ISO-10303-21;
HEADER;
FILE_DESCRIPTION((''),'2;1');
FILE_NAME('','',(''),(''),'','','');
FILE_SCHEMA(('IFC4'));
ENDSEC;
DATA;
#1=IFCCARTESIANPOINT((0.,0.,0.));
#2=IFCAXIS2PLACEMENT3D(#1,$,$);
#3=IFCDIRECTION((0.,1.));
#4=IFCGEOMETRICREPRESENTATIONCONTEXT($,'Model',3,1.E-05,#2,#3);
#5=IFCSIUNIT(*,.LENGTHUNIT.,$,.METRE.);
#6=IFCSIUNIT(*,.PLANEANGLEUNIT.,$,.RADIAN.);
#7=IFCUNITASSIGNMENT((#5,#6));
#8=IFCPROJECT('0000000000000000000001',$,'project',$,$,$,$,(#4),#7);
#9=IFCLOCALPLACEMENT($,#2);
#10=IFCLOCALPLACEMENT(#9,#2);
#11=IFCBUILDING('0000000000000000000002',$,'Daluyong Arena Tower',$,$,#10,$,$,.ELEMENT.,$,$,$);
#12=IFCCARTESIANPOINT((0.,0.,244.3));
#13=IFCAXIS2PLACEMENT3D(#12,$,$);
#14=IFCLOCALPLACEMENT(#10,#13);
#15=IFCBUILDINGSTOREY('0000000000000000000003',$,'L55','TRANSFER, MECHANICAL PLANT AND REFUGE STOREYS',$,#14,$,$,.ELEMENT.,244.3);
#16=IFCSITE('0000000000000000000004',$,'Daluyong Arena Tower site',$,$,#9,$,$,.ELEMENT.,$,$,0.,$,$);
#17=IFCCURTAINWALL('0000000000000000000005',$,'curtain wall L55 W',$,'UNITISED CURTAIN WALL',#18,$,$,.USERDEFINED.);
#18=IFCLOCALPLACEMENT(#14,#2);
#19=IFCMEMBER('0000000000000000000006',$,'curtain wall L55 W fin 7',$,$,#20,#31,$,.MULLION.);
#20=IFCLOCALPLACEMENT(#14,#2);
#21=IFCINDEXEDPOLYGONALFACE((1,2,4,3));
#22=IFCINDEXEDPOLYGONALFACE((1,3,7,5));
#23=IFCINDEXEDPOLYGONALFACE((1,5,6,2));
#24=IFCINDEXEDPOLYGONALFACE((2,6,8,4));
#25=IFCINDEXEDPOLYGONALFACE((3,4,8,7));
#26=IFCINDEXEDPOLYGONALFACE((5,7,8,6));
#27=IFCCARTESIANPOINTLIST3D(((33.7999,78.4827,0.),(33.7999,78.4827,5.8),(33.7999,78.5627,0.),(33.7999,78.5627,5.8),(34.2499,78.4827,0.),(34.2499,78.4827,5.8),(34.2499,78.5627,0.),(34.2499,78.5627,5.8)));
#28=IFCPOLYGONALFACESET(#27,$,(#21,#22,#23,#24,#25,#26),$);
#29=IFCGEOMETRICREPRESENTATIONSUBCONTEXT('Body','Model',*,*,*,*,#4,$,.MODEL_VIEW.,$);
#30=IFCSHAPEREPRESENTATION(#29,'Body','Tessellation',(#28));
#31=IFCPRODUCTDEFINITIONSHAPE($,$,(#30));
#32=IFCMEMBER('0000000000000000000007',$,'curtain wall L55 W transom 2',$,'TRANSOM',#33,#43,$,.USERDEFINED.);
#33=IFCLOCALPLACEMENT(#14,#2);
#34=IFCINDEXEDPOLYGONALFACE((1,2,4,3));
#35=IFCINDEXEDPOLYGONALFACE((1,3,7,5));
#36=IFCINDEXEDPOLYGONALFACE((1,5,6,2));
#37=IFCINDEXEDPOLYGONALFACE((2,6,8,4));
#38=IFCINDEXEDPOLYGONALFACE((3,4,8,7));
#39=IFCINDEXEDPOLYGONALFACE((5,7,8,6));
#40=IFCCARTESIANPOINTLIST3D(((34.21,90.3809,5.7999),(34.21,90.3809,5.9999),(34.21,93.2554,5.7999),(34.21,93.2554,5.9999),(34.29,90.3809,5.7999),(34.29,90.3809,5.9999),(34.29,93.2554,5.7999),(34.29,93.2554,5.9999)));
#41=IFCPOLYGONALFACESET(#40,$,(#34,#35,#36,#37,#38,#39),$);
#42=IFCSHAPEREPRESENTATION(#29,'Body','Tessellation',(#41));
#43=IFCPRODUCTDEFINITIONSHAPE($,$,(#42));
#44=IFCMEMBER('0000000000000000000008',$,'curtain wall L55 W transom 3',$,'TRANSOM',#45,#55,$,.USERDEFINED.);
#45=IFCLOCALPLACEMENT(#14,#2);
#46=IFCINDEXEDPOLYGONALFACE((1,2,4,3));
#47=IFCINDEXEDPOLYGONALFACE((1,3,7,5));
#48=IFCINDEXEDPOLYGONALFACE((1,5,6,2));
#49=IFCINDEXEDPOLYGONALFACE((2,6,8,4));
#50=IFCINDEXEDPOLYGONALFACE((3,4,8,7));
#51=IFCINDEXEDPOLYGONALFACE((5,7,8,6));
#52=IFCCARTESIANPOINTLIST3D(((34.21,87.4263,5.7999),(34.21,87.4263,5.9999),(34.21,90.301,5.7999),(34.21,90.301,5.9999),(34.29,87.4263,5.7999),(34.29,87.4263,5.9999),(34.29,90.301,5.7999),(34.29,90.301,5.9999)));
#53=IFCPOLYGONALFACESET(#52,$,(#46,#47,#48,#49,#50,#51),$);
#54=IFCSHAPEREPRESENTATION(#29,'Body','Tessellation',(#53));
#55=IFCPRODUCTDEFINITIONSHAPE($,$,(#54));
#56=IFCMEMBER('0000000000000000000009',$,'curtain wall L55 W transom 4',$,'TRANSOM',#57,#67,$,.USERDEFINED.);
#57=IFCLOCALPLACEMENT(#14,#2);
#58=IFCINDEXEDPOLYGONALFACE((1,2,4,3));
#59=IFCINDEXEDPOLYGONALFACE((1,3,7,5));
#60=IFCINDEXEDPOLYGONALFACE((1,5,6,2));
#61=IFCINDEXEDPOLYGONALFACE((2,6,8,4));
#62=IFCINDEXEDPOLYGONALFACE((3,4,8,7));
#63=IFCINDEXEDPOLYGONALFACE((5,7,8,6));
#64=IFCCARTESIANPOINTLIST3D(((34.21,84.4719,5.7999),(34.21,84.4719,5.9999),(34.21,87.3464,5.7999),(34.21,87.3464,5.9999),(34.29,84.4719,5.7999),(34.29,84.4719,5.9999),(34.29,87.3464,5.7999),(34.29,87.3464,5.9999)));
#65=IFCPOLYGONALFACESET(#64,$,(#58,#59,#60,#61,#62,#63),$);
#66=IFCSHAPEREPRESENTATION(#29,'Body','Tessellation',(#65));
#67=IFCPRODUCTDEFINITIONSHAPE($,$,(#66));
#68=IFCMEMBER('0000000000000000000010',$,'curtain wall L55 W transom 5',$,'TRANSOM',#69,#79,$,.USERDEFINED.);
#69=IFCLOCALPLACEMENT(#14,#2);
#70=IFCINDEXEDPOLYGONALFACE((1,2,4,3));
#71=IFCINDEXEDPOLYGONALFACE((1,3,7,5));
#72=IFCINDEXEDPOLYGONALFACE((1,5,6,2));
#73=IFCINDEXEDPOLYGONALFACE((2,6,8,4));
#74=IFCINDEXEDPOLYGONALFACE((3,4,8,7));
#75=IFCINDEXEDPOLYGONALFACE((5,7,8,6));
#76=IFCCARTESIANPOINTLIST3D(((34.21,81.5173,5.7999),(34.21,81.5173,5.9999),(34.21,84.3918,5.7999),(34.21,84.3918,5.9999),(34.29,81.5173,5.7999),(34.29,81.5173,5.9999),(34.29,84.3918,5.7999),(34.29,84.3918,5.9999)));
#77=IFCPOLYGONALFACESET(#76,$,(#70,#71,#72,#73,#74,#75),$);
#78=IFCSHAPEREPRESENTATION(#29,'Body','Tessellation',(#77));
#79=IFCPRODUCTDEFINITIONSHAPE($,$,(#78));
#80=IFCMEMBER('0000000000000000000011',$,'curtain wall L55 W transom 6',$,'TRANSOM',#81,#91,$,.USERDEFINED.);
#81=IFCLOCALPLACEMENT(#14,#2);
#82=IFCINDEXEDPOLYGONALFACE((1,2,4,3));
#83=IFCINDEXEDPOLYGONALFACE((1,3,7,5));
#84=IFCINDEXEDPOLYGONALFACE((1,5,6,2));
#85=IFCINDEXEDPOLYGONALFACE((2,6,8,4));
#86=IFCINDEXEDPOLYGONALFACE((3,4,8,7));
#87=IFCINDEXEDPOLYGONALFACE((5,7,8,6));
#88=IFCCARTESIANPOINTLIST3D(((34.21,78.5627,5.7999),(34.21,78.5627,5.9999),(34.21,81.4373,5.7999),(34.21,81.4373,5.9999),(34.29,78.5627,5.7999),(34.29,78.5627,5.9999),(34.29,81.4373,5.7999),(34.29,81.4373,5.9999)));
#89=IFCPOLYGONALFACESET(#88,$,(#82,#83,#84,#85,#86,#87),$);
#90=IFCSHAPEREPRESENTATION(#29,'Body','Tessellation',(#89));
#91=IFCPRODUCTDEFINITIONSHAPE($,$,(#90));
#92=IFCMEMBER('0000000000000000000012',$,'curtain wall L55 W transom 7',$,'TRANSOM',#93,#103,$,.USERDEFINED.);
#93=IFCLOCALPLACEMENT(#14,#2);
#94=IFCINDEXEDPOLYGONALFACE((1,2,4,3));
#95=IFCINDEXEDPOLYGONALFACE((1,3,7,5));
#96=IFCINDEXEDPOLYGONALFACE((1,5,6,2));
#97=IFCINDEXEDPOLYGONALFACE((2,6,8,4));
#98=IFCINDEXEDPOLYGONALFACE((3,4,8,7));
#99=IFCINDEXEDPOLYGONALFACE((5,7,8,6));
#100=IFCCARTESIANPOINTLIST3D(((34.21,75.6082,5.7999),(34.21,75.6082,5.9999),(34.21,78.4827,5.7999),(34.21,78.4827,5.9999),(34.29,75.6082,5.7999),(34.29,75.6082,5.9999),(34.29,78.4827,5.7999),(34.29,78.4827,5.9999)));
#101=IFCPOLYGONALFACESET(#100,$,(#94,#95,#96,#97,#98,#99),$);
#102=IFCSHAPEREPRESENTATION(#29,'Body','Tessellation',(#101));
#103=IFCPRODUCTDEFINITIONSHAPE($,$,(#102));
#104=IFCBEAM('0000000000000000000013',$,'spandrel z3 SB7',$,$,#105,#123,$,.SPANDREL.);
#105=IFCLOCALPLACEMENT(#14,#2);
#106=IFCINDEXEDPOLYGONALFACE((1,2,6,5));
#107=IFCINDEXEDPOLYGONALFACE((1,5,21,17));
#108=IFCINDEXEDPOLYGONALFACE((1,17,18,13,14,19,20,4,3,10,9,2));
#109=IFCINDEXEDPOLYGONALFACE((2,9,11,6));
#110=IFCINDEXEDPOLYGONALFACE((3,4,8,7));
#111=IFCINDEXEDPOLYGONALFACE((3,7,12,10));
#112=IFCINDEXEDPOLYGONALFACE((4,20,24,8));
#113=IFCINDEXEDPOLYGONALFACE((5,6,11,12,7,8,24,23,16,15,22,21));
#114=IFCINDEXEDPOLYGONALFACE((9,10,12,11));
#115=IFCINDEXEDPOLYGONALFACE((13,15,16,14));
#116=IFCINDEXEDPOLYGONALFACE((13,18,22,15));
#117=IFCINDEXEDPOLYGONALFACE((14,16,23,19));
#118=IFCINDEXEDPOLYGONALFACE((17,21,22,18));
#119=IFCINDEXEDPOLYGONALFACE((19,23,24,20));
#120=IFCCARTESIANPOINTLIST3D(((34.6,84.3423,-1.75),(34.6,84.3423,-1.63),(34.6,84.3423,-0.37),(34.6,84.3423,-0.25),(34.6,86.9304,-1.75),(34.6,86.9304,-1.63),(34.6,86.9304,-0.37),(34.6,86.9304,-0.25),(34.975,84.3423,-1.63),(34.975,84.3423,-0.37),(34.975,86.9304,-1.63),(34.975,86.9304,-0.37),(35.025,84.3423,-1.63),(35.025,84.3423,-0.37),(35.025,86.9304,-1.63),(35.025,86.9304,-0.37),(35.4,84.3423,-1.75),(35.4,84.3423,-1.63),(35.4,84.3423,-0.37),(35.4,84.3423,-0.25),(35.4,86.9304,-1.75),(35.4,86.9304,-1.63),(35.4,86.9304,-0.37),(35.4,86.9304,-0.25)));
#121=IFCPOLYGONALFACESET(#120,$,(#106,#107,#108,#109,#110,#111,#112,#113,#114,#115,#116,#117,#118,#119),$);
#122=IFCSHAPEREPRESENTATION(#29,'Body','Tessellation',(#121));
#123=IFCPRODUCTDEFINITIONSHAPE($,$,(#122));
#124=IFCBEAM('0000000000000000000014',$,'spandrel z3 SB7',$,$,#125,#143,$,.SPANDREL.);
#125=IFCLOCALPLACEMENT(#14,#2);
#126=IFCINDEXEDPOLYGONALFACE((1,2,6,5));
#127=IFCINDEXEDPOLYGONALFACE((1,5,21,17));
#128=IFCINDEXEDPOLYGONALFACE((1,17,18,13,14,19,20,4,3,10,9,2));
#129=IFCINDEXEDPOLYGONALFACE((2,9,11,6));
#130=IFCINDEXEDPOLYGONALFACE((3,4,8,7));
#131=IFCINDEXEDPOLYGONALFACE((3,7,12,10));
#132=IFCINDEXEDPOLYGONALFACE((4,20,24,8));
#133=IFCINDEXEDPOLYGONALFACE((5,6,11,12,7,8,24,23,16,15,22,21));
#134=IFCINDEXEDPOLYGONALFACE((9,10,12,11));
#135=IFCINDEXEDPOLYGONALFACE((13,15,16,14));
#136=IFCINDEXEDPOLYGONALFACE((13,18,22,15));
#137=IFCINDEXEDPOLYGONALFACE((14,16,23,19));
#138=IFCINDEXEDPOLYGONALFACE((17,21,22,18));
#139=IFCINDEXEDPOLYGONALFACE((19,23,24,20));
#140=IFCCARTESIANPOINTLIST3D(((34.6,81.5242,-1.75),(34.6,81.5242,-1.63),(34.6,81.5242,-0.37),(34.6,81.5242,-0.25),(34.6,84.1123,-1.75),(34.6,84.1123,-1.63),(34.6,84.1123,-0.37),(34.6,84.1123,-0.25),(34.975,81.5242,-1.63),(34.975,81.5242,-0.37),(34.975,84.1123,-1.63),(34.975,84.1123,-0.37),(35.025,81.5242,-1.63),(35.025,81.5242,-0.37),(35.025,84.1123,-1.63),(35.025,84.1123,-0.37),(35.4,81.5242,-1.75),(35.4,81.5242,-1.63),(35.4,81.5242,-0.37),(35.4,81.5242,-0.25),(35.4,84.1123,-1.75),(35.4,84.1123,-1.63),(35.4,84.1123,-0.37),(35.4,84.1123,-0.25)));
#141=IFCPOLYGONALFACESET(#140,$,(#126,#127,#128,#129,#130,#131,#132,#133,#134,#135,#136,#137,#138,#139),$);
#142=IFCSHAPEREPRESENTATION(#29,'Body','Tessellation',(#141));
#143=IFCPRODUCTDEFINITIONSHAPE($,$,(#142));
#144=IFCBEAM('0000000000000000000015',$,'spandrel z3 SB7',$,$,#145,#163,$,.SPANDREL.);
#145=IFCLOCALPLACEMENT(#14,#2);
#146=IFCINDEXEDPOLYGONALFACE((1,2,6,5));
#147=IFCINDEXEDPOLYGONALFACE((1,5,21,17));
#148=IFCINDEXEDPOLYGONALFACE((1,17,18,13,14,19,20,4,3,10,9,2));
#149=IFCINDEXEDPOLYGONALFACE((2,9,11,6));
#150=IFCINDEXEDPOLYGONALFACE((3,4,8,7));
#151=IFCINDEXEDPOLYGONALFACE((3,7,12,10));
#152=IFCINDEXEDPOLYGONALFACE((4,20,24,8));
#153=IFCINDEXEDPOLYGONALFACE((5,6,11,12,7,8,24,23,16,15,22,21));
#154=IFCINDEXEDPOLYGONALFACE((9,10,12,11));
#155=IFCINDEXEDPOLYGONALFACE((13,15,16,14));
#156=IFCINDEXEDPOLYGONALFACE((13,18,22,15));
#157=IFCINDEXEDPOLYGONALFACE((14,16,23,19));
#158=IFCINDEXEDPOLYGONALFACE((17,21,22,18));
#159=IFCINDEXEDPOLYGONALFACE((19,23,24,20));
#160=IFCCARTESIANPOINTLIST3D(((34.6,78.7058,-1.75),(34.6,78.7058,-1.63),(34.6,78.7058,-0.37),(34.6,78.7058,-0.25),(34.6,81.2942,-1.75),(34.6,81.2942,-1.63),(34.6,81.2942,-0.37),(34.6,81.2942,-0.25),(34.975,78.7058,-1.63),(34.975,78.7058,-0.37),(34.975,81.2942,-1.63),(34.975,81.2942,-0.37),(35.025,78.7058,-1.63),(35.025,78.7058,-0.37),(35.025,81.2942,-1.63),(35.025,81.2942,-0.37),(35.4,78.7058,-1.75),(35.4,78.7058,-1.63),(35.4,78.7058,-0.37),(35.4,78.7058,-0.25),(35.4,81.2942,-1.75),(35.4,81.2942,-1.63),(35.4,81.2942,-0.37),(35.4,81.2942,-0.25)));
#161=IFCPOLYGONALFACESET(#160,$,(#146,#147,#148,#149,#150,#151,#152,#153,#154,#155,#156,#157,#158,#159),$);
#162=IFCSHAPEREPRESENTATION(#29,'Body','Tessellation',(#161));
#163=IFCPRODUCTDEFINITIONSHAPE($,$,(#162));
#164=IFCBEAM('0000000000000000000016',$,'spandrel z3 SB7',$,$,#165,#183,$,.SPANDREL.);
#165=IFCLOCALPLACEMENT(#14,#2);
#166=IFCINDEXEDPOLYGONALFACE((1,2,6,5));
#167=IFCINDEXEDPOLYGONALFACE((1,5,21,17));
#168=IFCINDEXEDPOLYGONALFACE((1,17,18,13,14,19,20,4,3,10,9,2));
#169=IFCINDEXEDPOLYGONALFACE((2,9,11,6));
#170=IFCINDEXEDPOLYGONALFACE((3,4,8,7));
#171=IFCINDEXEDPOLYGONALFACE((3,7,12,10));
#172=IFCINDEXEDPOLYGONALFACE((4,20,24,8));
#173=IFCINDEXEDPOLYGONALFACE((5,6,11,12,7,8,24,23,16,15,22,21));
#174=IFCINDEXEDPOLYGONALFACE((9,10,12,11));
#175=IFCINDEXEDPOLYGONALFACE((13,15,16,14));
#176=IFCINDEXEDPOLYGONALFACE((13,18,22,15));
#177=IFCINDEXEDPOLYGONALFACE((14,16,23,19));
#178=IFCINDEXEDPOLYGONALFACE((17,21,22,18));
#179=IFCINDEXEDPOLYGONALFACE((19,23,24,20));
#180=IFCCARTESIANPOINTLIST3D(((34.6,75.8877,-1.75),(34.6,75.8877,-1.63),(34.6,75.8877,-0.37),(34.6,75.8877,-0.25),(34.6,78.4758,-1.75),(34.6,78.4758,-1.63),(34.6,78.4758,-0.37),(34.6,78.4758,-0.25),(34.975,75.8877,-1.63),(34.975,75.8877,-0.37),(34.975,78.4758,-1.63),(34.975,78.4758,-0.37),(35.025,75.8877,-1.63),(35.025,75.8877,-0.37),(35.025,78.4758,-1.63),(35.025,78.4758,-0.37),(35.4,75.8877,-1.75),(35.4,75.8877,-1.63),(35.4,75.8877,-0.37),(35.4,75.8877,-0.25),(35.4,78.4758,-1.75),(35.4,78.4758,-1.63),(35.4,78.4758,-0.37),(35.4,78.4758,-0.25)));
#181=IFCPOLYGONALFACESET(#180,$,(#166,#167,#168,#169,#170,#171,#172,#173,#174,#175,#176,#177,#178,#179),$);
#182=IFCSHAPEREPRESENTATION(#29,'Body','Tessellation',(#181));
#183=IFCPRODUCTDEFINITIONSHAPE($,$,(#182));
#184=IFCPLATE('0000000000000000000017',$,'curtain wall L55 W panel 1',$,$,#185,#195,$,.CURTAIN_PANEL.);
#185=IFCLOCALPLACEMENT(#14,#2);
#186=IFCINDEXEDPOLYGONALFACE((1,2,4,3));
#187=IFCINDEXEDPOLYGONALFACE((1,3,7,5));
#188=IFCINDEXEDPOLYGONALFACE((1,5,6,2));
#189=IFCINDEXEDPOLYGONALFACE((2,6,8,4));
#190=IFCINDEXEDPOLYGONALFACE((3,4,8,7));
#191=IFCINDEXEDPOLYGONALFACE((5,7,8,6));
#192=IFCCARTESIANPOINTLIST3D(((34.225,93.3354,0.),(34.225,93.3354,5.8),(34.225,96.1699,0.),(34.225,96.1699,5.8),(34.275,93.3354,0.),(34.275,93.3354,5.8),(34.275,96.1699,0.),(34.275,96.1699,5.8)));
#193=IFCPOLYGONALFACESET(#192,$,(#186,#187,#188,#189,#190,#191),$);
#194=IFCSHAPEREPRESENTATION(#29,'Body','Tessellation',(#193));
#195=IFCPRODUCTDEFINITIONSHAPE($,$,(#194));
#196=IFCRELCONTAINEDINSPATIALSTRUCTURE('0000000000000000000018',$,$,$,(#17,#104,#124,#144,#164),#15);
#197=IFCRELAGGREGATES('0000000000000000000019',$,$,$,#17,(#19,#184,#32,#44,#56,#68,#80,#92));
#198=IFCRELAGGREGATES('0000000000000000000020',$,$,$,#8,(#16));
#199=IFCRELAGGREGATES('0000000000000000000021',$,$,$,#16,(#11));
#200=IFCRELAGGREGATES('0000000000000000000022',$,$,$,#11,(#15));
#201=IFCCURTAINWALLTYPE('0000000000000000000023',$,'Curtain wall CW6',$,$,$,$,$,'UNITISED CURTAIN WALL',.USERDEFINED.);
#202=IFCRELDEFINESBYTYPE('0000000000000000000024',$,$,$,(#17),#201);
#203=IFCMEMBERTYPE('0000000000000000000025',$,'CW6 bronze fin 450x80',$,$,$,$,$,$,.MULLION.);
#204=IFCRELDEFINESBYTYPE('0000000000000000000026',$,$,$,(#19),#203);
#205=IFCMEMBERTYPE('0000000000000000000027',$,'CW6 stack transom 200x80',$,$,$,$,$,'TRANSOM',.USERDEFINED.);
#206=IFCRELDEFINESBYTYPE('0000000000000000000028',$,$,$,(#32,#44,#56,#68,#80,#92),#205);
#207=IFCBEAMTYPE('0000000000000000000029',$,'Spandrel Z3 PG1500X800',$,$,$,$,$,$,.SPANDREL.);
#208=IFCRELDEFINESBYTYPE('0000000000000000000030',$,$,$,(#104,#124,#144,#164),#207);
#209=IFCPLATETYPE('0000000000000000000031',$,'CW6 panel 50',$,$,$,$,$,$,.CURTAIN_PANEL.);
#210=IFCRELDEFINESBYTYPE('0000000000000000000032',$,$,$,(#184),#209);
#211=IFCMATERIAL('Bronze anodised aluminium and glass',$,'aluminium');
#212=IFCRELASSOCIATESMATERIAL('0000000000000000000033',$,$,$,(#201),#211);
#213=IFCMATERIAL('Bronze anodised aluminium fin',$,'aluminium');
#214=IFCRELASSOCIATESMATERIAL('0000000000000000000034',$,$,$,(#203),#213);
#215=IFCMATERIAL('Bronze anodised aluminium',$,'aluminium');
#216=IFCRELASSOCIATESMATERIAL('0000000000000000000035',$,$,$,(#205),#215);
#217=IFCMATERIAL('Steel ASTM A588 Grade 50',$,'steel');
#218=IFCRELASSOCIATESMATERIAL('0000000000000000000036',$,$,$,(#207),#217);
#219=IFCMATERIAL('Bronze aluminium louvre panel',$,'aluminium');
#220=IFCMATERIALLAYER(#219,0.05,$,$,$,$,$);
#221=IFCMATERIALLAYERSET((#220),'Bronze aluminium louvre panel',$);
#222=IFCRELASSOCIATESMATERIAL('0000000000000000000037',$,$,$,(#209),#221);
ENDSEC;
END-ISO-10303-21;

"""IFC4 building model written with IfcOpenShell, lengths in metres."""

from ifc_helpers import new_model, si_unit, direction, frame, origin, origin_2d, place, context, subcontext, project, spatial, rectangle, i_section, extrude, material, layer, layer_set, material_profile, profile_set, type_object, element, aggregate, save


model = new_model("IFC4")

# Units and contexts
model_context = context("Model", 3, precision=1e-05, world=origin(), true_north=direction((0.0, 1.0)))
body_context = subcontext(model_context, "Body", "Model", "MODEL_VIEW")
ifc_project = project(units=[si_unit("LENGTHUNIT", "METRE"), si_unit("PLANEANGLEUNIT", "RADIAN")], contexts=[model_context])

# Site, building, storey
site_placement = place(None, origin())
site = spatial("IfcSite", under=ifc_project, at=site_placement, Name="Daluyong Arena Tower site", CompositionType="ELEMENT", RefElevation=0.0)
building_placement = place(site_placement, origin())
building = spatial("IfcBuilding", under=site, at=building_placement, Name="Daluyong Arena Tower", CompositionType="ELEMENT")
storey_placement = place(building_placement, frame((0.0, 0.0, 244.3)))
storey = spatial("IfcBuildingStorey", under=building, at=storey_placement, Name="L55", Description="TRANSFER, MECHANICAL PLANT AND REFUGE STOREYS", CompositionType="ELEMENT", Elevation=244.3)

# Curtain wall, members
ifc_material_1 = material(Name="Bronze anodised aluminium and glass", Category="aluminium")
curtain_wall_type = type_object("IfcCurtainWallType", Name="Curtain wall CW6", ElementType="UNITISED CURTAIN WALL", PredefinedType="USERDEFINED", material=ifc_material_1)
curtain_wall_placement = place(storey_placement, origin())
curtain_wall = element("IfcCurtainWall", 1, at=curtain_wall_placement, inside=storey, type_object=curtain_wall_type, Name="curtain wall L55 W", ObjectType="UNITISED CURTAIN WALL", PredefinedType="USERDEFINED")
ifc_material_2 = material(Name="Bronze anodised aluminium fin", Category="aluminium")
ifc_material_profile_1 = material_profile(ifc_material_2, rectangle(XDim=0.45, YDim=0.0801, at=origin_2d()))
ifc_profile_set_1 = profile_set([ifc_material_profile_1], Name="Bronze anodised aluminium fin")
member_type_1 = type_object("IfcMemberType", Name="CW6 bronze fin 450x80", PredefinedType="MULLION", material=ifc_profile_set_1)
member_1_placement = place(storey_placement, frame((34.0249, 78.5227, 0.0), z_axis=(0.0, 0.0, 1.0), x_axis=(1.0, 0.0, 0.0)))
member_1 = element("IfcMember", 2, at=member_1_placement, type_object=member_type_1, Name="curtain wall L55 W fin 7", PredefinedType="MULLION", context=body_context, shape_type="SweptSolid", body=[
    extrude(rectangle(XDim=0.45, YDim=0.0801, at=origin_2d()), origin(), (0.0, 0.0, 1.0), 5.8),
])
ifc_material_3 = material(Name="Bronze anodised aluminium", Category="aluminium")
ifc_material_profile_2 = material_profile(ifc_material_3, rectangle(XDim=0.0801, YDim=0.2, at=origin_2d()))
ifc_profile_set_2 = profile_set([ifc_material_profile_2], Name="Bronze anodised aluminium")
member_type_2 = type_object("IfcMemberType", Name="CW6 stack transom 200x80", ElementType="TRANSOM", PredefinedType="USERDEFINED", material=ifc_profile_set_2)
member_2_placement = place(storey_placement, frame((34.25, 93.2554, 5.8999), z_axis=(0.0, -1.0, 0.0), x_axis=(1.0, 0.0, 0.0)))
member_2 = element("IfcMember", 3, at=member_2_placement, type_object=member_type_2, Name="curtain wall L55 W transom 2", ObjectType="TRANSOM", PredefinedType="USERDEFINED", context=body_context, shape_type="SweptSolid", body=[
    extrude(rectangle(XDim=0.0801, YDim=0.2, at=origin_2d()), origin(), (0.0, 0.0, 1.0), 2.8745),
])
member_3_placement = place(storey_placement, frame((34.25, 90.301, 5.8999), z_axis=(0.0, -1.0, 0.0), x_axis=(1.0, 0.0, 0.0)))
member_3 = element("IfcMember", 4, at=member_3_placement, type_object=member_type_2, Name="curtain wall L55 W transom 3", ObjectType="TRANSOM", PredefinedType="USERDEFINED", context=body_context, shape_type="SweptSolid", body=[
    extrude(rectangle(XDim=0.0801, YDim=0.2, at=origin_2d()), origin(), (0.0, 0.0, 1.0), 2.8748),
])
member_4_placement = place(storey_placement, frame((34.25, 87.3464, 5.8999), z_axis=(0.0, -1.0, 0.0), x_axis=(1.0, 0.0, 0.0)))
member_4 = element("IfcMember", 5, at=member_4_placement, type_object=member_type_2, Name="curtain wall L55 W transom 4", ObjectType="TRANSOM", PredefinedType="USERDEFINED", context=body_context, shape_type="SweptSolid", body=[
    extrude(rectangle(XDim=0.0801, YDim=0.2, at=origin_2d()), origin(), (0.0, 0.0, 1.0), 2.8745),
])
member_5_placement = place(storey_placement, frame((34.25, 84.3918, 5.8999), z_axis=(0.0, -1.0, 0.0), x_axis=(1.0, 0.0, 0.0)))
member_5 = element("IfcMember", 6, at=member_5_placement, type_object=member_type_2, Name="curtain wall L55 W transom 5", ObjectType="TRANSOM", PredefinedType="USERDEFINED", context=body_context, shape_type="SweptSolid", body=[
    extrude(rectangle(XDim=0.0801, YDim=0.2, at=origin_2d()), origin(), (0.0, 0.0, 1.0), 2.8745),
])
member_6_placement = place(storey_placement, frame((34.25, 81.4373, 5.8999), z_axis=(0.0, -1.0, 0.0), x_axis=(1.0, 0.0, 0.0)))
member_6 = element("IfcMember", 7, at=member_6_placement, type_object=member_type_2, Name="curtain wall L55 W transom 6", ObjectType="TRANSOM", PredefinedType="USERDEFINED", context=body_context, shape_type="SweptSolid", body=[
    extrude(rectangle(XDim=0.0801, YDim=0.2, at=origin_2d()), origin(), (0.0, 0.0, 1.0), 2.8745),
])
member_7_placement = place(storey_placement, frame((34.25, 78.4827, 5.8999), z_axis=(0.0, -1.0, 0.0), x_axis=(1.0, 0.0, 0.0)))
member_7 = element("IfcMember", 8, at=member_7_placement, type_object=member_type_2, Name="curtain wall L55 W transom 7", ObjectType="TRANSOM", PredefinedType="USERDEFINED", context=body_context, shape_type="SweptSolid", body=[
    extrude(rectangle(XDim=0.0801, YDim=0.2, at=origin_2d()), origin(), (0.0, 0.0, 1.0), 2.8745),
])

# Beams
ifc_material_4 = material(Name="Steel ASTM A588 Grade 50", Category="steel")
ifc_material_profile_3 = material_profile(ifc_material_4, i_section(OverallWidth=0.8, OverallDepth=1.5, WebThickness=0.05, FlangeThickness=0.12, at=origin_2d()))
ifc_profile_set_3 = profile_set([ifc_material_profile_3], Name="Steel ASTM A588 Grade 50")
beam_type = type_object("IfcBeamType", Name="Spandrel Z3 PG1500X800", PredefinedType="SPANDREL", material=ifc_profile_set_3)
for number, where, z_axis, x_axis, name in (
    (9, (35.0, 86.9304, -1.0), (0.0, -1.0, 0.0), (1.0, 0.0, 0.0), "spandrel z3 SB7"),
    (10, (35.0, 84.1123, -1.0), (0.0, -1.0, 0.0), (1.0, 0.0, 0.0), "spandrel z3 SB7"),
):
    element("IfcBeam", number, at=place(storey_placement, frame(where, z_axis=z_axis, x_axis=x_axis)), inside=storey, type_object=beam_type, Name=name, PredefinedType="SPANDREL", context=body_context, shape_type="SweptSolid", body=[
        extrude(i_section(OverallWidth=0.8, OverallDepth=1.5, WebThickness=0.05, FlangeThickness=0.12, at=origin_2d()), origin(), (0.0, 0.0, 1.0), 2.5881),
    ])
beam_1_placement = place(storey_placement, frame((35.0, 81.2942, -1.0), z_axis=(0.0, -1.0, 0.0), x_axis=(1.0, 0.0, 0.0)))
element("IfcBeam", 11, at=beam_1_placement, inside=storey, type_object=beam_type, Name="spandrel z3 SB7", PredefinedType="SPANDREL", context=body_context, shape_type="SweptSolid", body=[
    extrude(i_section(OverallWidth=0.8, OverallDepth=1.5, WebThickness=0.05, FlangeThickness=0.12, at=origin_2d()), origin(), (0.0, 0.0, 1.0), 2.5884),
])
beam_2_placement = place(storey_placement, frame((35.0, 78.4758, -1.0), z_axis=(0.0, -1.0, 0.0), x_axis=(1.0, 0.0, 0.0)))
element("IfcBeam", 12, at=beam_2_placement, inside=storey, type_object=beam_type, Name="spandrel z3 SB7", PredefinedType="SPANDREL", context=body_context, shape_type="SweptSolid", body=[
    extrude(i_section(OverallWidth=0.8, OverallDepth=1.5, WebThickness=0.05, FlangeThickness=0.12, at=origin_2d()), origin(), (0.0, 0.0, 1.0), 2.5881),
])

# Plate
ifc_material_5 = material(Name="Bronze aluminium louvre panel", Category="aluminium")
ifc_layer = layer(ifc_material_5, 0.05)
ifc_layer_set = layer_set([ifc_layer], Name="Bronze aluminium louvre panel")
plate_type = type_object("IfcPlateType", Name="CW6 panel 50", PredefinedType="CURTAIN_PANEL", material=ifc_layer_set)
plate_1_placement = place(storey_placement, frame((34.25, 94.7527, 0.0), z_axis=(0.0, 0.0, 1.0), x_axis=(0.0, -1.0, 0.0)))
plate_1 = element("IfcPlate", 13, at=plate_1_placement, type_object=plate_type, Name="curtain wall L55 W panel 1", PredefinedType="CURTAIN_PANEL", context=body_context, shape_type="SweptSolid", body=[
    extrude(rectangle(XDim=2.8345, YDim=0.05, at=origin_2d()), origin(), (0.0, 0.0, 1.0), 5.8),
])
aggregate(curtain_wall, [member_1, plate_1, member_2, member_3, member_4, member_5, member_6, member_7])

save(model, "model.ifc")
